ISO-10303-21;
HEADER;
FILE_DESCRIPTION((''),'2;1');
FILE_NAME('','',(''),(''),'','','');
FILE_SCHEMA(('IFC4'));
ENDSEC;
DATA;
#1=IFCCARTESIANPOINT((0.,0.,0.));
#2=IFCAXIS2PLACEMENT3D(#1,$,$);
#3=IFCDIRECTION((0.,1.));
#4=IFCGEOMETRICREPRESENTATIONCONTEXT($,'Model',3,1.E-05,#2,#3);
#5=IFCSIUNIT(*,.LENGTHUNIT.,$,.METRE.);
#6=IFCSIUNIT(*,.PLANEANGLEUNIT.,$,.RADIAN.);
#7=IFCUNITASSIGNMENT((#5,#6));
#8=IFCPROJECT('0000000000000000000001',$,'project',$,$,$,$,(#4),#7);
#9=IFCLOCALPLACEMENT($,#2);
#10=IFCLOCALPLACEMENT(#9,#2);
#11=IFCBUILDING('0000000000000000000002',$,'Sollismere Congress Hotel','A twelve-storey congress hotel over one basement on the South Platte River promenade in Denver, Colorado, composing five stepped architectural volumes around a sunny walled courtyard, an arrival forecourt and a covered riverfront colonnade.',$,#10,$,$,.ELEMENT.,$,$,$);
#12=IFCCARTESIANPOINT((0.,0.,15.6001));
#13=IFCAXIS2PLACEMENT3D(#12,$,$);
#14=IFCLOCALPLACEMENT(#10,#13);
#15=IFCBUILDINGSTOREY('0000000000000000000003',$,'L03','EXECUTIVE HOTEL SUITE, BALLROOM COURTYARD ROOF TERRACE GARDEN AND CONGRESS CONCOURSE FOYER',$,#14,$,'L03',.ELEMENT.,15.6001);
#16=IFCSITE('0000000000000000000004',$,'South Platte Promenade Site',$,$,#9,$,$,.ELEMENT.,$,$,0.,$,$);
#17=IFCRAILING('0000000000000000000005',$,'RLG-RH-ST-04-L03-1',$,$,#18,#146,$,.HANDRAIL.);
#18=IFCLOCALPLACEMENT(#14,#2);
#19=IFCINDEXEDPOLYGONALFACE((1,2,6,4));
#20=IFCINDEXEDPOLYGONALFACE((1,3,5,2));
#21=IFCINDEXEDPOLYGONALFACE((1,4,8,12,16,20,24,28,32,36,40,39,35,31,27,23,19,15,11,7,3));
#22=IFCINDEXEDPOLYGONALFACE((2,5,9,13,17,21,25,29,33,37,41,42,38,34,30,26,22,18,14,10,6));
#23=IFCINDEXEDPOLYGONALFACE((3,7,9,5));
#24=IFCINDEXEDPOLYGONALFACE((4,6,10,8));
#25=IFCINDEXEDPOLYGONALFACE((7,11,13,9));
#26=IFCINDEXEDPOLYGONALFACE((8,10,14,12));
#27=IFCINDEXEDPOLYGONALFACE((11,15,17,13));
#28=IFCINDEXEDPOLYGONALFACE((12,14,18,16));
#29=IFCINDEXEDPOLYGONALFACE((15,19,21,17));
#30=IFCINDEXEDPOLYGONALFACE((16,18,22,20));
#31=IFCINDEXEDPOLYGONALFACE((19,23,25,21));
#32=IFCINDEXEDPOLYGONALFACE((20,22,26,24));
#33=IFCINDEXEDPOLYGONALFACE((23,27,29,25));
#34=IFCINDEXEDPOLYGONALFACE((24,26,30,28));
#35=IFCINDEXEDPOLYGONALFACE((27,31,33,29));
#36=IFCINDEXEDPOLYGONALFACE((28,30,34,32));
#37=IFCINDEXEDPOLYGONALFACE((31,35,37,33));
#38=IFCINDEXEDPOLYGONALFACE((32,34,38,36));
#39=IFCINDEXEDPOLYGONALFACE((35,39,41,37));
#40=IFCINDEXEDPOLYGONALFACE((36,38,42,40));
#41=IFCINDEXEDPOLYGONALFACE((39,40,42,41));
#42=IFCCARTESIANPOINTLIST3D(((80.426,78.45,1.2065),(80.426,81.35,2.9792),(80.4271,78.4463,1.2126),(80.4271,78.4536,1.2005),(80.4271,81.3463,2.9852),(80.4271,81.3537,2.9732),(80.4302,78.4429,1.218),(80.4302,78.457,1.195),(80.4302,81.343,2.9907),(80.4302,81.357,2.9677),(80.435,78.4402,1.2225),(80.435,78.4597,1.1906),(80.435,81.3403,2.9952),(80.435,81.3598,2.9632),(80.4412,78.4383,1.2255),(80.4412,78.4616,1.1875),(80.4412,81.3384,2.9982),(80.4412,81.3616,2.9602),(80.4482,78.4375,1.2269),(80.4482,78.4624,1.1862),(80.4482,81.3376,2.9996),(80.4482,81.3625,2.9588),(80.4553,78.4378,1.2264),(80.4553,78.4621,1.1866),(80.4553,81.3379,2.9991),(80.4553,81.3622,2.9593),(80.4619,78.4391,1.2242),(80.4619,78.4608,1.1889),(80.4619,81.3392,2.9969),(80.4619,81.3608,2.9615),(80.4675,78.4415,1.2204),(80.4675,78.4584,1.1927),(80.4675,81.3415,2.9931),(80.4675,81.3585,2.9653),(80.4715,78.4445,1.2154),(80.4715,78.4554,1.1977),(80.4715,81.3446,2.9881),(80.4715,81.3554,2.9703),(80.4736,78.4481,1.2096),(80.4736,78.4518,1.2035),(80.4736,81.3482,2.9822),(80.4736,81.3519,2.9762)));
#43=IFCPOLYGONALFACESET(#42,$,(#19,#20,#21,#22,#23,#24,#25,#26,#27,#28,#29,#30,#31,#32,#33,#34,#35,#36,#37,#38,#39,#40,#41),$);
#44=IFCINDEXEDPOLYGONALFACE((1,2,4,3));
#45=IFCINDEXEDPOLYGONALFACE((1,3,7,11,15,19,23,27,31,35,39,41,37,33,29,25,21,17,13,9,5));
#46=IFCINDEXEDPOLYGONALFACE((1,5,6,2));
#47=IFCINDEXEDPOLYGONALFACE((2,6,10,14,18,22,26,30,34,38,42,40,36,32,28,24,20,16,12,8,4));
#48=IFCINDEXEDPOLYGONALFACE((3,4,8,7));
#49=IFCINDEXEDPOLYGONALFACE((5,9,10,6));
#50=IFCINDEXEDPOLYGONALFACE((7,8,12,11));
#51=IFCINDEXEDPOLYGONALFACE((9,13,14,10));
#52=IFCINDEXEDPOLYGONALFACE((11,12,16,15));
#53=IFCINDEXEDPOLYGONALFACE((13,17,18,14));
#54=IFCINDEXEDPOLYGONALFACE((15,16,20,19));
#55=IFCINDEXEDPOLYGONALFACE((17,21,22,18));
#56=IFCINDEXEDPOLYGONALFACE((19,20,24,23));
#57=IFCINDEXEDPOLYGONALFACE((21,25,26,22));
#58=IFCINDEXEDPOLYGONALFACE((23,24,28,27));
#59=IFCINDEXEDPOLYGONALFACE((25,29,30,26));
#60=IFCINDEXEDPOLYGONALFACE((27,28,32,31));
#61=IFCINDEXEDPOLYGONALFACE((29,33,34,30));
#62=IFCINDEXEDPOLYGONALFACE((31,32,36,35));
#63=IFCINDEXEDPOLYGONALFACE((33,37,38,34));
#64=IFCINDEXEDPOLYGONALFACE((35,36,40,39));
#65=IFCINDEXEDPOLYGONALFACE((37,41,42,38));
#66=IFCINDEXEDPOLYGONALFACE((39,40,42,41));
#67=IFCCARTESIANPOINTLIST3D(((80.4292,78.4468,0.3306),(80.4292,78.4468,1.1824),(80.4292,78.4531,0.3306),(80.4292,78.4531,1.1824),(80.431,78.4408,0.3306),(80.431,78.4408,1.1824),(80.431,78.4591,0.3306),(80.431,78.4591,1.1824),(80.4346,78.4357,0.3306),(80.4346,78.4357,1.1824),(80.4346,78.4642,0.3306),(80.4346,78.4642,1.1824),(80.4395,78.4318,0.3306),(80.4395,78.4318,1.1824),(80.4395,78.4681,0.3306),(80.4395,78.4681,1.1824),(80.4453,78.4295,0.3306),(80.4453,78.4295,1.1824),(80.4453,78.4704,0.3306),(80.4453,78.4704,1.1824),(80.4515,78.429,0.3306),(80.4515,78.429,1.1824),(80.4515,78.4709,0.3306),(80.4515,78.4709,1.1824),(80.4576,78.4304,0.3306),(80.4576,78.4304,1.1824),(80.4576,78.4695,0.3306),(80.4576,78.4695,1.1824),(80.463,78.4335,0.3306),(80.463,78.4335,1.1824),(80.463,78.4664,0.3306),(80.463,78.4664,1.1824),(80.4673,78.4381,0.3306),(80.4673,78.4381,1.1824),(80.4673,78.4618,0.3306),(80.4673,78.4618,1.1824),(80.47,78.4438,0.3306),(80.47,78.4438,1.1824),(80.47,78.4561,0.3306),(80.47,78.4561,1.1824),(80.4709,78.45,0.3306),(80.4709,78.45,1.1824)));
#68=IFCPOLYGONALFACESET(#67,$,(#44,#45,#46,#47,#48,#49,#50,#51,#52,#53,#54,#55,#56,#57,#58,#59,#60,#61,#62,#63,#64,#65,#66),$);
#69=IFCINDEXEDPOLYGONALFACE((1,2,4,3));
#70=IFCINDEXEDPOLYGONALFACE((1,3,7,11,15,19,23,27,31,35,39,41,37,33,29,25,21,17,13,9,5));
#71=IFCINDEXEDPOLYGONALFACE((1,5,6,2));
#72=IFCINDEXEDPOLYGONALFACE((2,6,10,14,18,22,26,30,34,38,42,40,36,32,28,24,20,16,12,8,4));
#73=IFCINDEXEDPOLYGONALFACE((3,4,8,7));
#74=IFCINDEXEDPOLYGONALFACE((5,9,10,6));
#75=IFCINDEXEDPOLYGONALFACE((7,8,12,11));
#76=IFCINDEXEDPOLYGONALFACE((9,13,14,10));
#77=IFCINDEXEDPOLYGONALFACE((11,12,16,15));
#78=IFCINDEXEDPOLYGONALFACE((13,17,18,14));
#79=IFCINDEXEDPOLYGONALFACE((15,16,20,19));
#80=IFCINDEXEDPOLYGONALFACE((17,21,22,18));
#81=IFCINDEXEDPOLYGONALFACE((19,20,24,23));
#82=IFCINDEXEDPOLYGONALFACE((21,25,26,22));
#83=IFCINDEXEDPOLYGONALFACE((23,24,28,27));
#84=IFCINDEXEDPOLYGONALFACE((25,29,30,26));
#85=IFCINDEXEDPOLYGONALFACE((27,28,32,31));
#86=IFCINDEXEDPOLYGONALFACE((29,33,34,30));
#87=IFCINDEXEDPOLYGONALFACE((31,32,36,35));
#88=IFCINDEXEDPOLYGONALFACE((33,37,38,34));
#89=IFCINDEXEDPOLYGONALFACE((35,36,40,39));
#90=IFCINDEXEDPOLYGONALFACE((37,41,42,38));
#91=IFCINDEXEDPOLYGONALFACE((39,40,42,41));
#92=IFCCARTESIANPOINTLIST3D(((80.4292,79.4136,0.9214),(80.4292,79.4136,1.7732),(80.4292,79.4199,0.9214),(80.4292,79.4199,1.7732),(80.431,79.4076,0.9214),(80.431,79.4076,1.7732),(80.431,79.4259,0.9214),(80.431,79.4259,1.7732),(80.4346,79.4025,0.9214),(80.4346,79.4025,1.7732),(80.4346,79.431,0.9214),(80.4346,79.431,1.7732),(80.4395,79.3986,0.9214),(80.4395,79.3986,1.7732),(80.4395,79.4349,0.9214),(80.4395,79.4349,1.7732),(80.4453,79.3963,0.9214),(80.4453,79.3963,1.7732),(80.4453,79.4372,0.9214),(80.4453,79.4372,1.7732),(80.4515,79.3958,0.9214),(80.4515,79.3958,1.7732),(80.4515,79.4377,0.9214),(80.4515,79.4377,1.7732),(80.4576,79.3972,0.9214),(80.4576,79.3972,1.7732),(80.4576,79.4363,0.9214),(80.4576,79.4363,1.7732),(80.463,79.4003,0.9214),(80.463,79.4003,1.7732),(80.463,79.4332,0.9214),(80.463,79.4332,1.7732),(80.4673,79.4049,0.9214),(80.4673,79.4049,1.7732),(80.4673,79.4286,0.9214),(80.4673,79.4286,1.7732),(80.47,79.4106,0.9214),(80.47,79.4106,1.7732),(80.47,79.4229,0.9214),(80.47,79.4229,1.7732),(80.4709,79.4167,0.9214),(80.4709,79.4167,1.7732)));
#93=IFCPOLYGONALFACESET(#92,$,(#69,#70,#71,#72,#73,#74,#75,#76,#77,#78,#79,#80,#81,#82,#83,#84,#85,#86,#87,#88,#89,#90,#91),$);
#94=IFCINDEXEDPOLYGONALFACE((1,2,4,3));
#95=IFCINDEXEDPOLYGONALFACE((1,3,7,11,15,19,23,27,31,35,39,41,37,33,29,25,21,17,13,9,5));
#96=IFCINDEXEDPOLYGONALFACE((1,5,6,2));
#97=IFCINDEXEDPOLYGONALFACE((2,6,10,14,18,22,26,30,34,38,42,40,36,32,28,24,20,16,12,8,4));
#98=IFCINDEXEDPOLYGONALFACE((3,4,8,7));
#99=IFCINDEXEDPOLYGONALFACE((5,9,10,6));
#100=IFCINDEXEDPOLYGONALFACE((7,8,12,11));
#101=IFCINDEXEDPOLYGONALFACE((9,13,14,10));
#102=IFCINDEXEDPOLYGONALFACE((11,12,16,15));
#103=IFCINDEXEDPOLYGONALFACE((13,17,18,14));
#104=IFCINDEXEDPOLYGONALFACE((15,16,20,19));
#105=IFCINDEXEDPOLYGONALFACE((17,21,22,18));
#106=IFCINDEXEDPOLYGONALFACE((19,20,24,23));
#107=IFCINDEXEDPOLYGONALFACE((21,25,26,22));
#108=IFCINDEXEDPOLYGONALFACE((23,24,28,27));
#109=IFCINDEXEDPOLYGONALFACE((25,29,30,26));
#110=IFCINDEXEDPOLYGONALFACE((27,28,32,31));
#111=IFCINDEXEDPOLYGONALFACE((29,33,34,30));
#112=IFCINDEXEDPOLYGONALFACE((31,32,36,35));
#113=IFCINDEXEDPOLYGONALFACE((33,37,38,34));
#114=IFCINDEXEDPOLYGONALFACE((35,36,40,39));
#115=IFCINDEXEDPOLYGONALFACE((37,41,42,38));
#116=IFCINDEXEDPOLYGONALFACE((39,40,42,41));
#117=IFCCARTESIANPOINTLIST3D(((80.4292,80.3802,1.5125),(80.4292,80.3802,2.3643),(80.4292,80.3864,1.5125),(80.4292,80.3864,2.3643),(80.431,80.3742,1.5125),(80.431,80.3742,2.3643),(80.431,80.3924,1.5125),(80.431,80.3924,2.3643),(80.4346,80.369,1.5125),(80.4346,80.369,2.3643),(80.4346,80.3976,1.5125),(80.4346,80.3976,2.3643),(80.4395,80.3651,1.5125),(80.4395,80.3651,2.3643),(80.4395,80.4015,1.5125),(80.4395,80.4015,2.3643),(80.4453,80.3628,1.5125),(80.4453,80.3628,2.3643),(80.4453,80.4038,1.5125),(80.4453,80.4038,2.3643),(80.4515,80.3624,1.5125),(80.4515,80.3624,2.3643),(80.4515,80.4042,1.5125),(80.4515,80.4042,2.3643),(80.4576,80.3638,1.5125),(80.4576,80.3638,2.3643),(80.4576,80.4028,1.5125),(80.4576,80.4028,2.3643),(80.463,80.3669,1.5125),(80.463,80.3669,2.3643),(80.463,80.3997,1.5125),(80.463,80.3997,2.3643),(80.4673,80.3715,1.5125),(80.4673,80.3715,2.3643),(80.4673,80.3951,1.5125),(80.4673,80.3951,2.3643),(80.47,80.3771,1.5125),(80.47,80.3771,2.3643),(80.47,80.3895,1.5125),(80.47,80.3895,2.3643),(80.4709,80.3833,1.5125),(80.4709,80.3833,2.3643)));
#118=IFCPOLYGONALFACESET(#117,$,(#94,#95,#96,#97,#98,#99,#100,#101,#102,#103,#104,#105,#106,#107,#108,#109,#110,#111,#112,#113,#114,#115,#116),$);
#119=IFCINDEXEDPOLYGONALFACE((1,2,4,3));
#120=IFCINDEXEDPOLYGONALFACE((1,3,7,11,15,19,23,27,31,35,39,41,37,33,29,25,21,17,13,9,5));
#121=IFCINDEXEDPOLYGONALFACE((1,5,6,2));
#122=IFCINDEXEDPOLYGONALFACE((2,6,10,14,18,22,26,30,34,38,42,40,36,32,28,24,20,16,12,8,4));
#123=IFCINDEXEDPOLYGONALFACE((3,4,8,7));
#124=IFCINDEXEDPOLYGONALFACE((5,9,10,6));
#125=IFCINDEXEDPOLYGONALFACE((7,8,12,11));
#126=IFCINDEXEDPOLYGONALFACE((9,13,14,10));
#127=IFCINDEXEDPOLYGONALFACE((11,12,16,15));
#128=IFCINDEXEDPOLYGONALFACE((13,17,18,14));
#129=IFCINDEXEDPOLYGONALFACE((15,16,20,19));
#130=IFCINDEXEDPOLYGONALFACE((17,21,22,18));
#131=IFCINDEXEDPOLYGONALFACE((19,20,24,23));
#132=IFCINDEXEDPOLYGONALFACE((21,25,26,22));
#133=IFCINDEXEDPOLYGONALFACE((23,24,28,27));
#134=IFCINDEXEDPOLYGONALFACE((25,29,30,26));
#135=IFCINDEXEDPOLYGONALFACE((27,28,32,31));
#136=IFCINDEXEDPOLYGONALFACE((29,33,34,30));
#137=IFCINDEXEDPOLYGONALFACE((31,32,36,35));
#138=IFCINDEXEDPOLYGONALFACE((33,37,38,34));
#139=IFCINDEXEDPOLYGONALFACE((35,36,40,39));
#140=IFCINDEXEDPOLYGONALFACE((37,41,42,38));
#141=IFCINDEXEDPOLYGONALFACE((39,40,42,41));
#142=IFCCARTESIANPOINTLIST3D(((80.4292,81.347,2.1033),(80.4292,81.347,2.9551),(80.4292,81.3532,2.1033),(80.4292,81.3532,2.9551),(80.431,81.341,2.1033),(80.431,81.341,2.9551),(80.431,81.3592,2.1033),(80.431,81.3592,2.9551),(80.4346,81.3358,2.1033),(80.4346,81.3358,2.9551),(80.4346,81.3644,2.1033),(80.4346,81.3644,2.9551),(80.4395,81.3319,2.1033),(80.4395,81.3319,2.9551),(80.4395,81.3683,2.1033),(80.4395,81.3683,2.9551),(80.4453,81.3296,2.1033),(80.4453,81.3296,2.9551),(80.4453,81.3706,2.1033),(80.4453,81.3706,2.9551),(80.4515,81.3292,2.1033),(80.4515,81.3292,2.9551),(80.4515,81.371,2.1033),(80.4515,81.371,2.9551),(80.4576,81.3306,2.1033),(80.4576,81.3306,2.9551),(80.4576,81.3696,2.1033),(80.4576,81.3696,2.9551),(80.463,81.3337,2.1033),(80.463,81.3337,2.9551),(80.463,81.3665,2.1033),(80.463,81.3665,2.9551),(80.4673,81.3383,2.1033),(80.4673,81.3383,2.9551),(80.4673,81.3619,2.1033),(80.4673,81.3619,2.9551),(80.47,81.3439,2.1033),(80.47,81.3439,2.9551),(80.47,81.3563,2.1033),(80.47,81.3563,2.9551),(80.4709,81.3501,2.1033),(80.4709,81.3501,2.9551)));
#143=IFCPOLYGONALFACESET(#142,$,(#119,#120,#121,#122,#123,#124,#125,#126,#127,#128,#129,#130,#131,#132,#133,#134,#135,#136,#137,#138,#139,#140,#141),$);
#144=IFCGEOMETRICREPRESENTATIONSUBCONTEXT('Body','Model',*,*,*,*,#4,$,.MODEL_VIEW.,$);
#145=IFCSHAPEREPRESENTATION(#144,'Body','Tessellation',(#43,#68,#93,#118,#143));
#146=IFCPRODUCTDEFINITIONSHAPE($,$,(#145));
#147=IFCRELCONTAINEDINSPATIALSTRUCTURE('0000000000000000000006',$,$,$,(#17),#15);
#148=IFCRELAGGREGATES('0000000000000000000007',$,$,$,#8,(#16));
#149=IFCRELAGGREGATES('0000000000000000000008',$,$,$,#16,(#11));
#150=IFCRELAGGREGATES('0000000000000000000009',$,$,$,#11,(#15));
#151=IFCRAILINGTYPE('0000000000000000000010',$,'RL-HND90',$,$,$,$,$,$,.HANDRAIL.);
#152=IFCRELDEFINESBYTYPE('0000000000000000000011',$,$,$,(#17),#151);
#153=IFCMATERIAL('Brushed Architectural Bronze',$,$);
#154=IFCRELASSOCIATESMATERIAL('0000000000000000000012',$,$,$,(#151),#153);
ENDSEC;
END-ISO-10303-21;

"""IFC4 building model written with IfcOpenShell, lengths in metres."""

from ifc_helpers import new_model, si_unit, direction, frame, origin, origin_2d, place, context, subcontext, project, spatial, circle, extrude, material, type_object, element, save


model = new_model("IFC4")

# Units and contexts
model_context = context("Model", 3, precision=1e-05, world=origin(), true_north=direction((0.0, 1.0)))
body_context = subcontext(model_context, "Body", "Model", "MODEL_VIEW")
ifc_project = project(units=[si_unit("LENGTHUNIT", "METRE"), si_unit("PLANEANGLEUNIT", "RADIAN")], contexts=[model_context])

# Site, building, storey
site_placement = place(None, origin())
site = spatial("IfcSite", under=ifc_project, at=site_placement, Name="South Platte Promenade Site", CompositionType="ELEMENT", RefElevation=0.0)
building_placement = place(site_placement, origin())
building = spatial("IfcBuilding", under=site, at=building_placement, Name="Sollismere Congress Hotel", Description="A twelve-storey congress hotel over one basement on the South Platte River promenade in Denver, Colorado, composing five stepped architectural volumes around a sunny walled courtyard, an arrival forecourt and a covered riverfront colonnade.", CompositionType="ELEMENT")
storey_placement = place(building_placement, frame((0.0, 0.0, 15.6001)))
storey = spatial("IfcBuildingStorey", under=building, at=storey_placement, Name="L03", Description="EXECUTIVE HOTEL SUITE, BALLROOM COURTYARD ROOF TERRACE GARDEN AND CONGRESS CONCOURSE FOYER", LongName="L03", CompositionType="ELEMENT", Elevation=15.6001)

# Railing
ifc_material_1 = material(Name="Brushed Architectural Bronze")
railing_type_1 = type_object("IfcRailingType", Name="RL-HND90", PredefinedType="HANDRAIL", material=ifc_material_1)
railing_1_placement = place(storey_placement, frame((80.45, 78.45, 0.3306)))
element("IfcRailing", 1, at=railing_1_placement, inside=storey, type_object=railing_type_1, Name="RLG-RH-ST-04-L03-1", PredefinedType="HANDRAIL", context=body_context, shape_type="SweptSolid", body=[
    extrude(circle(Radius=0.0239, at=origin_2d()), frame((0.0, 0.0, 0.876), z_axis=(0.0, 0.85323, 0.521534), x_axis=(-1.0, 0.0, 0.0)), (0.0, 0.0, 1.0), 3.3989),
    extrude(circle(Radius=0.021, at=origin_2d()), origin(), (0.0, 0.0, 1.0), 0.8518),
    extrude(circle(Radius=0.021, at=origin_2d()), frame((0.0, 0.9668, 0.5908)), (0.0, 0.0, 1.0), 0.8518),
    extrude(circle(Radius=0.021, at=origin_2d()), frame((0.0, 1.9333, 1.1819)), (0.0, 0.0, 1.0), 0.8518),
    extrude(circle(Radius=0.021, at=origin_2d()), frame((0.0, 2.9001, 1.7727)), (0.0, 0.0, 1.0), 0.8518),
])

save(model, "model.ifc")
